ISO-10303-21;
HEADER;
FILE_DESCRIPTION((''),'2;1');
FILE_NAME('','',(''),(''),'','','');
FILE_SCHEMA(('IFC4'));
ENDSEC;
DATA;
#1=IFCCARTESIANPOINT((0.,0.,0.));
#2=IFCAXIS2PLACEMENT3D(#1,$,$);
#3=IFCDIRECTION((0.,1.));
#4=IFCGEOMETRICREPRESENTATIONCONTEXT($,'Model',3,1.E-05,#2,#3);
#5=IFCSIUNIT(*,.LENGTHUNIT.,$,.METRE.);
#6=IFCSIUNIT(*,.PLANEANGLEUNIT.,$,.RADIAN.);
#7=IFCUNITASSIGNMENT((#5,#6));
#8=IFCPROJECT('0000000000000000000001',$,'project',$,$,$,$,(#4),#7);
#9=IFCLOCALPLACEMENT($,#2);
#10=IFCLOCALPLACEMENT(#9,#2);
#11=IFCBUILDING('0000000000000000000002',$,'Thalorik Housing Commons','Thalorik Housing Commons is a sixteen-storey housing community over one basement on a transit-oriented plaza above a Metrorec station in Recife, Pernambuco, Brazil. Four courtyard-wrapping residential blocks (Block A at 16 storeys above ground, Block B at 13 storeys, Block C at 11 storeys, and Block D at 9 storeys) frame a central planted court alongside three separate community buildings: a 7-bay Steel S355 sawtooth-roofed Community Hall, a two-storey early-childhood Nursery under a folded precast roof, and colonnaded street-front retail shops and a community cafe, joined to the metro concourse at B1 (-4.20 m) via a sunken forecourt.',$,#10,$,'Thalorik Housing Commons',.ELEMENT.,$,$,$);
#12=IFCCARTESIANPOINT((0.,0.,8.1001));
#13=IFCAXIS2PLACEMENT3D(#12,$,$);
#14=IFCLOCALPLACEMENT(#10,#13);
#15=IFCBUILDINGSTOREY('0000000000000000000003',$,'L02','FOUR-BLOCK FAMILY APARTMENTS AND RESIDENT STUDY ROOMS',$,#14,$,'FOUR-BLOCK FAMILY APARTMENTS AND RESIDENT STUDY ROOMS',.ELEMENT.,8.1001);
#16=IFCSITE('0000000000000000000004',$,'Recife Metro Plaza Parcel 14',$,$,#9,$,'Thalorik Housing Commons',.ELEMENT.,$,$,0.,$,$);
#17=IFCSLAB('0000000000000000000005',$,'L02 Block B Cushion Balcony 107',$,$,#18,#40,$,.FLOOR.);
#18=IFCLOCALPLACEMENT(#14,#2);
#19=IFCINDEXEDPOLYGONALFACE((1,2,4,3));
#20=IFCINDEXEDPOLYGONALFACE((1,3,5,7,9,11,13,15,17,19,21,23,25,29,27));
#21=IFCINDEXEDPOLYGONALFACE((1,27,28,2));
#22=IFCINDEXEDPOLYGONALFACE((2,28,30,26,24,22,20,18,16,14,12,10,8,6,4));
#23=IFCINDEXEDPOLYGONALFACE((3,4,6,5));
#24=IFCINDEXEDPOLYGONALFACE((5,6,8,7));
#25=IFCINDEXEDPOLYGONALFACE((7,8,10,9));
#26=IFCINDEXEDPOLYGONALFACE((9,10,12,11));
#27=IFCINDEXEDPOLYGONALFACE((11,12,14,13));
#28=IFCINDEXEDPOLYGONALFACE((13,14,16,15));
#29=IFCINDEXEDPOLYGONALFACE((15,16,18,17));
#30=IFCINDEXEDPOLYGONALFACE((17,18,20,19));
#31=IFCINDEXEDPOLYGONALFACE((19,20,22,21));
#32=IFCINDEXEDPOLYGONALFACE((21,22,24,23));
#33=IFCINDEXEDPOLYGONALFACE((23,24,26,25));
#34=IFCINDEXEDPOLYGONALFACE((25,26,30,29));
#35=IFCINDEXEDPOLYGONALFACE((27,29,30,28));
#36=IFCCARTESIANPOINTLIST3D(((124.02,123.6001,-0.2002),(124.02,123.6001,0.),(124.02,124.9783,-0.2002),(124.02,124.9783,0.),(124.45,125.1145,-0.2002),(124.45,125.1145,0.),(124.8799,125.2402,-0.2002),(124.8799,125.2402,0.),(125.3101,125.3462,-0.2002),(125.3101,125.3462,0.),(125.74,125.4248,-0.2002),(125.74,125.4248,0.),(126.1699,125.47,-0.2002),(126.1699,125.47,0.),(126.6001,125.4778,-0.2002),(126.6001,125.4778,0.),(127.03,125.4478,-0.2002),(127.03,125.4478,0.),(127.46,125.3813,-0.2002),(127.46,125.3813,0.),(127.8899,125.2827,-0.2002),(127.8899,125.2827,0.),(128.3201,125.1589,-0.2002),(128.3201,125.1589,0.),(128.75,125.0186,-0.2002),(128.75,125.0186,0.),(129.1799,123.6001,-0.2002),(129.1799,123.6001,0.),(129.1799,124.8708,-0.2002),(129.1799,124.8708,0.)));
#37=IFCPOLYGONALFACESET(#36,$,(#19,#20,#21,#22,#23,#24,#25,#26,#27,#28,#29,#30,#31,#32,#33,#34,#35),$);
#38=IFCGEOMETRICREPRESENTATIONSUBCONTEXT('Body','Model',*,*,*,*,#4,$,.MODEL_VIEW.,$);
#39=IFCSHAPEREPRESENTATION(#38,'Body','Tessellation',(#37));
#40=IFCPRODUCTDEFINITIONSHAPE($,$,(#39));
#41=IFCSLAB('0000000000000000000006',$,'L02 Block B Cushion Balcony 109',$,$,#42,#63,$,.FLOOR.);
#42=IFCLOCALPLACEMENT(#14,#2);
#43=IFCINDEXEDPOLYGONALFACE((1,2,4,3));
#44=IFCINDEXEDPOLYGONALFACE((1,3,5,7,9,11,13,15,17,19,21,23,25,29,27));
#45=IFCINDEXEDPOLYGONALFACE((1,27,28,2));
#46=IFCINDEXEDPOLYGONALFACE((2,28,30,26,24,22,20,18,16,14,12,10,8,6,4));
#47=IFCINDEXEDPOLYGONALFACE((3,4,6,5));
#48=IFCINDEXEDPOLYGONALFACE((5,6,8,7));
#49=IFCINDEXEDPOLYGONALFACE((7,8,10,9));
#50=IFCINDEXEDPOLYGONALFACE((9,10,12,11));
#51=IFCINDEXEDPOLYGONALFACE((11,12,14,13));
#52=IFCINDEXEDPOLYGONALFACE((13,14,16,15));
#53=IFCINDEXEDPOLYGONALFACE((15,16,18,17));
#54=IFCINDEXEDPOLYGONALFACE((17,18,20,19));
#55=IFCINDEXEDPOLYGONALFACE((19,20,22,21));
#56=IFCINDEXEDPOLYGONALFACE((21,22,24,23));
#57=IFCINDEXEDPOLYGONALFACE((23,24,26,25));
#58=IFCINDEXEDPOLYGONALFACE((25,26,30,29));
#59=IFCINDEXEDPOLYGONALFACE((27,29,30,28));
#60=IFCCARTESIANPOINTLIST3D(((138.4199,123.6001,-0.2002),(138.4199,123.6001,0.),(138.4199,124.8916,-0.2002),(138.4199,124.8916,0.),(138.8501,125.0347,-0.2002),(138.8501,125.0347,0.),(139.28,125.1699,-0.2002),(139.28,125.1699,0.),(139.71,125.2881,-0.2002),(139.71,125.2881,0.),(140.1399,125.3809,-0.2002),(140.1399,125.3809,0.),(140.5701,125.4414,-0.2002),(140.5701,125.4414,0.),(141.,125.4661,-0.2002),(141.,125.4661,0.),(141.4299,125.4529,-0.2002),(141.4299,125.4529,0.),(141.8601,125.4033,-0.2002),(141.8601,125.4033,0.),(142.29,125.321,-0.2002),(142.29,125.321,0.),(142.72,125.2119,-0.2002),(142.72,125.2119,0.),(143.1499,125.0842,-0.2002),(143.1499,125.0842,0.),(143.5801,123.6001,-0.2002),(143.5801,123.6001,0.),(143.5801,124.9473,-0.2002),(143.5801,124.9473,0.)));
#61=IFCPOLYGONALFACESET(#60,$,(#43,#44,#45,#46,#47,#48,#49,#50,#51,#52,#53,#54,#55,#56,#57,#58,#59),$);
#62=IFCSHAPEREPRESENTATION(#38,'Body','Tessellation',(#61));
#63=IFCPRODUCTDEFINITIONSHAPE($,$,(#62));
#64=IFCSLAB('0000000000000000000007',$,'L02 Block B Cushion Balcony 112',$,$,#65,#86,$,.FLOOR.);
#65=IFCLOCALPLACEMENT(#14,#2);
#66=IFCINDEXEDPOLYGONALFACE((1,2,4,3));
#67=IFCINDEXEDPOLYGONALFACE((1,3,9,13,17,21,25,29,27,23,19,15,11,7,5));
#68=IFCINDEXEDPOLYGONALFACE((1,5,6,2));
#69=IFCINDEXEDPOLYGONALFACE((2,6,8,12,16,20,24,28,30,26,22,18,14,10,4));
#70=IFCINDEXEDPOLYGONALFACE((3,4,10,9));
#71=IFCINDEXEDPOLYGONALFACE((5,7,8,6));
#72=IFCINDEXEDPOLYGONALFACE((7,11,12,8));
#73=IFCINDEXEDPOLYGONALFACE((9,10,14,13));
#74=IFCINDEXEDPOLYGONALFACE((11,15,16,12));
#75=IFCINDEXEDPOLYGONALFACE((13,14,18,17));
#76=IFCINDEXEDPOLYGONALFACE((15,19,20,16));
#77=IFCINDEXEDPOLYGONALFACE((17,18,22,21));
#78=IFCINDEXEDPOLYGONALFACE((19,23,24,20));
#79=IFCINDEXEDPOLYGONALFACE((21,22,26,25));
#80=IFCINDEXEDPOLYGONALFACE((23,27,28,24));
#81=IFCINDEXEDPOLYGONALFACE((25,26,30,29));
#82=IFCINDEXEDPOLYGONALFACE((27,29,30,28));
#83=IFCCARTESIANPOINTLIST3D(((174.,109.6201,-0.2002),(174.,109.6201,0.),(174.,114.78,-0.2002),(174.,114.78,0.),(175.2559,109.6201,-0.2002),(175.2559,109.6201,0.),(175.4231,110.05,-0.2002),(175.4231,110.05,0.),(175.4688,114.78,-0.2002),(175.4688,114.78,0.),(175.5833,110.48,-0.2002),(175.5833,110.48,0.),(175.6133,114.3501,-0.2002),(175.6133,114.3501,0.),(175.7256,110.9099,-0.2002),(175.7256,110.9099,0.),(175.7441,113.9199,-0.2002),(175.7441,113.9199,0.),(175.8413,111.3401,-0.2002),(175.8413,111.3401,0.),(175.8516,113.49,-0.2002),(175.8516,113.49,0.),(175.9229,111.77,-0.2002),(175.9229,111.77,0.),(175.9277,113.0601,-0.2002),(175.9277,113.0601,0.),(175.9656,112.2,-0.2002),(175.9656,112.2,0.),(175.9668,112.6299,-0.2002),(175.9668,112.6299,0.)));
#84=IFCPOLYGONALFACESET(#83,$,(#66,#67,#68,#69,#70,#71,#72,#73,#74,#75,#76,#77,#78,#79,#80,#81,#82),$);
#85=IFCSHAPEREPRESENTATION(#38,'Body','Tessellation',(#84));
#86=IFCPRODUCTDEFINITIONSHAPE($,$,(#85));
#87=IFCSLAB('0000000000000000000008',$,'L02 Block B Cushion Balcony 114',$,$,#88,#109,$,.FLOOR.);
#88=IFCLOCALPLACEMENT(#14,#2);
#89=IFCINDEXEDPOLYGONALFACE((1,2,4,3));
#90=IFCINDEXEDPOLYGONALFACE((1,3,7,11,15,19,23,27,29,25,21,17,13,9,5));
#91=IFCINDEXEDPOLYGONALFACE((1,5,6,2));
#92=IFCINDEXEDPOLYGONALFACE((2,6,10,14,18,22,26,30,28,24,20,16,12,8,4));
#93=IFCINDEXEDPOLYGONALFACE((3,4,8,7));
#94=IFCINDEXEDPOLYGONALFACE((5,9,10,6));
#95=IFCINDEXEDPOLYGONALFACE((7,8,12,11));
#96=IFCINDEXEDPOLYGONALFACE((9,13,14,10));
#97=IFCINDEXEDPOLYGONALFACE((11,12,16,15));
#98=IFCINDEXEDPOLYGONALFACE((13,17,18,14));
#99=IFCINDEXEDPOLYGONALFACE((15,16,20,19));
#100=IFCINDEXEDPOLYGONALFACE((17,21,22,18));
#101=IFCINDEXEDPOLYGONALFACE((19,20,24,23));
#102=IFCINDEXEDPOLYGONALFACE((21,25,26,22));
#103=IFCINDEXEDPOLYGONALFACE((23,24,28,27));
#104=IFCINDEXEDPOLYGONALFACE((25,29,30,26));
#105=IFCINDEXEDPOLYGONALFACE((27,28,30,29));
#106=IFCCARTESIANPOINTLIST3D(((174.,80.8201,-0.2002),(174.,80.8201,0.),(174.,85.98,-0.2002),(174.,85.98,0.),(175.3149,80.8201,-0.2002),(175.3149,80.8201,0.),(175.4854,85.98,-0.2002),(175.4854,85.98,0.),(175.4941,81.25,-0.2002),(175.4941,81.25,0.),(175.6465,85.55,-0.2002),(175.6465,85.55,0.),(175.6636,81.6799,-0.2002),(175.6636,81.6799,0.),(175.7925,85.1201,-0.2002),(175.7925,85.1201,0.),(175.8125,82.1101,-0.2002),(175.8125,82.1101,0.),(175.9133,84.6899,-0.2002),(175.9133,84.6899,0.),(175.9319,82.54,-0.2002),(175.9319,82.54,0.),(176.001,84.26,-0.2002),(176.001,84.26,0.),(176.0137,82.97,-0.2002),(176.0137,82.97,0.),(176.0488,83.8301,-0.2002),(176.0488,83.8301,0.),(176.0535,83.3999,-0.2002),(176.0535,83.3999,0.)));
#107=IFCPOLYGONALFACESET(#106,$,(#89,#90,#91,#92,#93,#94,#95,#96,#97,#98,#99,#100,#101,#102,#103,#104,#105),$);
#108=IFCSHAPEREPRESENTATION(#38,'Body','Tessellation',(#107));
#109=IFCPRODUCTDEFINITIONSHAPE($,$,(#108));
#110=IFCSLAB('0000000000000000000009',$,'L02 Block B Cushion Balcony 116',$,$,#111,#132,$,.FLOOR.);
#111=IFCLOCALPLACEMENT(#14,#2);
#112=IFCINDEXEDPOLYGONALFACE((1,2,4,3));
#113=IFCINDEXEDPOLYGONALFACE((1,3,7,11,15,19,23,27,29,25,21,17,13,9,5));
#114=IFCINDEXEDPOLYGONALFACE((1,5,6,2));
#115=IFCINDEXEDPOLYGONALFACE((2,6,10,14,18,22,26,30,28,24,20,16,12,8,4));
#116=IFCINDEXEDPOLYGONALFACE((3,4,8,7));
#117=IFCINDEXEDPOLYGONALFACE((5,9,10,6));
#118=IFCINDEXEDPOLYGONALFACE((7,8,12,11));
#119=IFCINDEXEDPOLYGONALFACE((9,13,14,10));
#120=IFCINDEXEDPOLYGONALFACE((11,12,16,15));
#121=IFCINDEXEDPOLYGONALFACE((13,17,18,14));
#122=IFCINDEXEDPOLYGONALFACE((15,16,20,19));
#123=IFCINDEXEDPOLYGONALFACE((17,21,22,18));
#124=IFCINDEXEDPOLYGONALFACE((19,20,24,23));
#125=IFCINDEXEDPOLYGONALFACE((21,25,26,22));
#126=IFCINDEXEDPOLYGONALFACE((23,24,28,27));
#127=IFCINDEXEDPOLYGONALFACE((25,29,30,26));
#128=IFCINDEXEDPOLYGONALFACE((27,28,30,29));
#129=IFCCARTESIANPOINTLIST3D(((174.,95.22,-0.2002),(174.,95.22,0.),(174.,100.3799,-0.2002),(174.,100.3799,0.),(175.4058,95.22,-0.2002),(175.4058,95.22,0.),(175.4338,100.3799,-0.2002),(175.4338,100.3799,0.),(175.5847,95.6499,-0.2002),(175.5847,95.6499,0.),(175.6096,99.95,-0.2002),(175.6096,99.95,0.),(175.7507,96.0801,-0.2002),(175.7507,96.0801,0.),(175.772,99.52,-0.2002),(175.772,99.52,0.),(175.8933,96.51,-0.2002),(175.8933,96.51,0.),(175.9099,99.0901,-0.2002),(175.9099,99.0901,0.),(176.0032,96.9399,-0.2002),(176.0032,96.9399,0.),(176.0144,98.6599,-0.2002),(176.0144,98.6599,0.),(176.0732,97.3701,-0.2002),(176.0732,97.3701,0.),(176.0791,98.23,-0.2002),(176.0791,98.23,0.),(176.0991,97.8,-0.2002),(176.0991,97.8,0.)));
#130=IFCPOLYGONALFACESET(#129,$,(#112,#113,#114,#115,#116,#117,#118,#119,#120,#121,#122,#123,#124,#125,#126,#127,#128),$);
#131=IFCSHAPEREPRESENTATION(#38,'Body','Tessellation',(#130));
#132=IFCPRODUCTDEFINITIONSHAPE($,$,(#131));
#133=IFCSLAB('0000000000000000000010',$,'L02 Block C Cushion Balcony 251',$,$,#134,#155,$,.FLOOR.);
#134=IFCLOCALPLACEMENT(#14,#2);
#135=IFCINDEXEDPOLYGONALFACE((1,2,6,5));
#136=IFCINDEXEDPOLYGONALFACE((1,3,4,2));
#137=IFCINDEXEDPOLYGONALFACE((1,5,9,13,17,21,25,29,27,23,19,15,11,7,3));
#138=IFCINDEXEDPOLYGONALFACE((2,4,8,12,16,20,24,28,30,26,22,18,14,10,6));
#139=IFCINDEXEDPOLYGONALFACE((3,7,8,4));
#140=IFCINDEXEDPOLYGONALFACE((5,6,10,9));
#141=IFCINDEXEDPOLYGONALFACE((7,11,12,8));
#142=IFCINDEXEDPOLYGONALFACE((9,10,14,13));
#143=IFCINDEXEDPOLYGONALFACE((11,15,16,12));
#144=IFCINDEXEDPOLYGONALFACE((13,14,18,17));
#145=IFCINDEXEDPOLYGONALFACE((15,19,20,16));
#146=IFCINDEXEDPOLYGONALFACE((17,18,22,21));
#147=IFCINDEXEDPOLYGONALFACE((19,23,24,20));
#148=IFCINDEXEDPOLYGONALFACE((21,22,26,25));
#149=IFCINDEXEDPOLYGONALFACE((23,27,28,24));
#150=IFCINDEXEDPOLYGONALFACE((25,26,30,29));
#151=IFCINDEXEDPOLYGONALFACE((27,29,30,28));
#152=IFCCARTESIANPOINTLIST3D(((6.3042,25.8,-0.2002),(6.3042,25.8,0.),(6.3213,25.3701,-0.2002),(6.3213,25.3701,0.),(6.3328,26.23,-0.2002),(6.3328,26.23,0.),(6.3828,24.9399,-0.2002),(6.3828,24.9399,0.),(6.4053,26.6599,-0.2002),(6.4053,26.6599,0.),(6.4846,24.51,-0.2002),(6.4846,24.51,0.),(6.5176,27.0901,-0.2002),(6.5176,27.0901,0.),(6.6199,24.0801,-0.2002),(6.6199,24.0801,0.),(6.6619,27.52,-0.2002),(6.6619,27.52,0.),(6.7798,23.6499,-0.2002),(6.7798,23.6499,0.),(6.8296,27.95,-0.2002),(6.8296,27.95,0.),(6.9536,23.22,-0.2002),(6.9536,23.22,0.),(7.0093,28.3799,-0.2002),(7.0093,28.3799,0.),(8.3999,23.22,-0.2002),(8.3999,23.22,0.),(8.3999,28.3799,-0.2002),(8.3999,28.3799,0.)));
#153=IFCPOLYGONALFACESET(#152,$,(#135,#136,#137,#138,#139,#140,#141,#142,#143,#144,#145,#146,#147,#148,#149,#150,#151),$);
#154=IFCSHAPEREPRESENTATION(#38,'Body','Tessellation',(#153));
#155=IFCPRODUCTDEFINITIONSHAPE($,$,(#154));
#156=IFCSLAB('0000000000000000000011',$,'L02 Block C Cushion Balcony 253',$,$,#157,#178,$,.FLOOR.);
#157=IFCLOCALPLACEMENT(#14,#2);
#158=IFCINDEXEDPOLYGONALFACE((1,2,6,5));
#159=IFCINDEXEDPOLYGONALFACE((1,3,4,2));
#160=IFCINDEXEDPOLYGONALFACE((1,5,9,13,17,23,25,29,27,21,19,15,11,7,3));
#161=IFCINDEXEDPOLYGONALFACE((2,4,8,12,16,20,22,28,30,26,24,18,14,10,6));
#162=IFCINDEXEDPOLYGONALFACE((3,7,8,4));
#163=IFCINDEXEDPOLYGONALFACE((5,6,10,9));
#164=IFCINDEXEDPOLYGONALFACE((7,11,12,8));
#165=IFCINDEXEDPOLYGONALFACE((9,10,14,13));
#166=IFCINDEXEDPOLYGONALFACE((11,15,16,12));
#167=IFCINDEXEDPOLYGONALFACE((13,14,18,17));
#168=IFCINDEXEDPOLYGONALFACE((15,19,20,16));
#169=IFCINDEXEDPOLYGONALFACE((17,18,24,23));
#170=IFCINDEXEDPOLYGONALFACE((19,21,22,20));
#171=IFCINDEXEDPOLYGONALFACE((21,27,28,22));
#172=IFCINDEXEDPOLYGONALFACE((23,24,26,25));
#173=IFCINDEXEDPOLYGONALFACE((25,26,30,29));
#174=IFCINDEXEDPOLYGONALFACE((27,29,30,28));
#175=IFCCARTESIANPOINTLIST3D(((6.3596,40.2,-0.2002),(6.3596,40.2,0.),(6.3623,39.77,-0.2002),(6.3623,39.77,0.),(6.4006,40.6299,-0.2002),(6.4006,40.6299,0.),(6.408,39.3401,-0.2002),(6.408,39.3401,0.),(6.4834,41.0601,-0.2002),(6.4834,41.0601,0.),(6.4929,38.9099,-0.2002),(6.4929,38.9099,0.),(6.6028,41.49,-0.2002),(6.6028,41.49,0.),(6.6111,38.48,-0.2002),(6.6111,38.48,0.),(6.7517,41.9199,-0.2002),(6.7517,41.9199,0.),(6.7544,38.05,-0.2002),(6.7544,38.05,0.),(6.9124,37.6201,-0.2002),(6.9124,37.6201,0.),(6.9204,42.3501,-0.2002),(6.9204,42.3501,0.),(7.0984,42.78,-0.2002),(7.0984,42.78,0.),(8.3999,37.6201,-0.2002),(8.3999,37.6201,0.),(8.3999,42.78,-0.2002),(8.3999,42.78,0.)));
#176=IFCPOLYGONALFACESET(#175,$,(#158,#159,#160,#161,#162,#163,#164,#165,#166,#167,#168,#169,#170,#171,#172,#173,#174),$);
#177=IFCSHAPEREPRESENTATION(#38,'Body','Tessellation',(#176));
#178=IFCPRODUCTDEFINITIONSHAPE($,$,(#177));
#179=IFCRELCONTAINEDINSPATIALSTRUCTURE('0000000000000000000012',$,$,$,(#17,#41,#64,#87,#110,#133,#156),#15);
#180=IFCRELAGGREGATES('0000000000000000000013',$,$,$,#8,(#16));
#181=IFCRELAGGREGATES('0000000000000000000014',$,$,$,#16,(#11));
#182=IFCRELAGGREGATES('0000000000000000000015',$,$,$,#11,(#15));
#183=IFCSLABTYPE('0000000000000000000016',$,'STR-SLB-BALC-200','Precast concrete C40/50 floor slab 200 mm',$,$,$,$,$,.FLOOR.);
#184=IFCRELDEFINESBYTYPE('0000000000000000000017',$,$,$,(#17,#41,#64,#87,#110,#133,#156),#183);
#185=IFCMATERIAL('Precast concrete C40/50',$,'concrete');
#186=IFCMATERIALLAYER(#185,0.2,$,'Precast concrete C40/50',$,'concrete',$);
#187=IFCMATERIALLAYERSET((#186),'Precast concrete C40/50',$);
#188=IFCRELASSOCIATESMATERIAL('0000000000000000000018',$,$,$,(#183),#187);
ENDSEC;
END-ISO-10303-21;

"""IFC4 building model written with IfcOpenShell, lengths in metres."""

from ifc_helpers import new_model, si_unit, direction, frame, origin, place, context, subcontext, project, spatial, polyline, outline, extrude, material, layer, layer_set, type_object, element, save


model = new_model("IFC4")

# Units and contexts
model_context = context("Model", 3, precision=1e-05, world=origin(), true_north=direction((0.0, 1.0)))
body_context = subcontext(model_context, "Body", "Model", "MODEL_VIEW")
ifc_project = project(units=[si_unit("LENGTHUNIT", "METRE"), si_unit("PLANEANGLEUNIT", "RADIAN")], contexts=[model_context])

# Site, building, storey
site_placement = place(None, origin())
site = spatial("IfcSite", under=ifc_project, at=site_placement, Name="Recife Metro Plaza Parcel 14", LongName="Thalorik Housing Commons", CompositionType="ELEMENT", RefElevation=0.0)
building_placement = place(site_placement, origin())
building = spatial("IfcBuilding", under=site, at=building_placement, Name="Thalorik Housing Commons", Description="Thalorik Housing Commons is a sixteen-storey housing community over one basement on a transit-oriented plaza above a Metrorec station in Recife, Pernambuco, Brazil. Four courtyard-wrapping residential blocks (Block A at 16 storeys above ground, Block B at 13 storeys, Block C at 11 storeys, and Block D at 9 storeys) frame a central planted court alongside three separate community buildings: a 7-bay Steel S355 sawtooth-roofed Community Hall, a two-storey early-childhood Nursery under a folded precast roof, and colonnaded street-front retail shops and a community cafe, joined to the metro concourse at B1 (-4.20 m) via a sunken forecourt.", LongName="Thalorik Housing Commons", CompositionType="ELEMENT")
storey_placement = place(building_placement, frame((0.0, 0.0, 8.1001)))
storey = spatial("IfcBuildingStorey", under=building, at=storey_placement, Name="L02", Description="FOUR-BLOCK FAMILY APARTMENTS AND RESIDENT STUDY ROOMS", LongName="FOUR-BLOCK FAMILY APARTMENTS AND RESIDENT STUDY ROOMS", CompositionType="ELEMENT", Elevation=8.1001)

# Slabs
ifc_material_1 = material(Name="Precast concrete C40/50", Category="concrete")
ifc_layer_1 = layer(ifc_material_1, 0.2, Name="Precast concrete C40/50", Category="concrete")
ifc_layer_set_1 = layer_set([ifc_layer_1], Name="Precast concrete C40/50")
slab_type = type_object("IfcSlabType", Name="STR-SLB-BALC-200", Description="Precast concrete C40/50 floor slab 200 mm", PredefinedType="FLOOR", material=ifc_layer_set_1)
slab_1_placement = place(storey_placement, frame((0.0, 0.0, -0.2002)))
element("IfcSlab", 1, at=slab_1_placement, inside=storey, type_object=slab_type, Name="L02 Block B Cushion Balcony 107", PredefinedType="FLOOR", context=body_context, shape_type="SweptSolid", body=[
    extrude(outline(polyline([(124.02, 123.6001), (129.1799, 123.6001), (129.1799, 124.8708), (128.75, 125.0186), (128.3201, 125.1589), (127.8899, 125.2827), (127.46, 125.3813), (127.03, 125.4478), (126.6001, 125.4778), (126.1699, 125.47), (125.74, 125.4248), (125.3101, 125.3462), (124.8799, 125.2402), (124.45, 125.1145), (124.02, 124.9783), (124.02, 123.6001)])), origin(), (0.0, 0.0, 1.0), 0.2002),
])
slab_2_placement = place(storey_placement, frame((0.0, 0.0, -0.2002)))
element("IfcSlab", 2, at=slab_2_placement, inside=storey, type_object=slab_type, Name="L02 Block B Cushion Balcony 109", PredefinedType="FLOOR", context=body_context, shape_type="SweptSolid", body=[
    extrude(outline(polyline([(138.4199, 123.6001), (143.5801, 123.6001), (143.5801, 124.9473), (143.1499, 125.0842), (142.72, 125.2119), (142.29, 125.321), (141.8601, 125.4033), (141.4299, 125.4529), (141.0, 125.4661), (140.5701, 125.4414), (140.1399, 125.3809), (139.71, 125.2881), (139.28, 125.1699), (138.8501, 125.0347), (138.4199, 124.8916), (138.4199, 123.6001)])), origin(), (0.0, 0.0, 1.0), 0.2002),
])
slab_3_placement = place(storey_placement, frame((0.0, 0.0, -0.2002)))
element("IfcSlab", 3, at=slab_3_placement, inside=storey, type_object=slab_type, Name="L02 Block B Cushion Balcony 112", PredefinedType="FLOOR", context=body_context, shape_type="SweptSolid", body=[
    extrude(outline(polyline([(175.2559, 109.6201), (175.4231, 110.05), (175.5833, 110.48), (175.7256, 110.9099), (175.8413, 111.3401), (175.9229, 111.77), (175.9656, 112.2), (175.9668, 112.6299), (175.9277, 113.0601), (175.8516, 113.49), (175.7441, 113.9199), (175.6133, 114.3501), (175.4688, 114.78), (174.0, 114.78), (174.0, 109.6201), (175.2559, 109.6201)])), origin(), (0.0, 0.0, 1.0), 0.2002),
])
slab_4_placement = place(storey_placement, frame((0.0, 0.0, -0.2002)))
element("IfcSlab", 4, at=slab_4_placement, inside=storey, type_object=slab_type, Name="L02 Block B Cushion Balcony 114", PredefinedType="FLOOR", context=body_context, shape_type="SweptSolid", body=[
    extrude(outline(polyline([(175.3149, 80.8201), (175.4941, 81.25), (175.6636, 81.6799), (175.8125, 82.1101), (175.9319, 82.54), (176.0137, 82.97), (176.0535, 83.3999), (176.0488, 83.8301), (176.001, 84.26), (175.9133, 84.6899), (175.7925, 85.1201), (175.6465, 85.55), (175.4854, 85.98), (174.0, 85.98), (174.0, 80.8201), (175.3149, 80.8201)])), origin(), (0.0, 0.0, 1.0), 0.2002),
])
slab_5_placement = place(storey_placement, frame((0.0, 0.0, -0.2002)))
element("IfcSlab", 5, at=slab_5_placement, inside=storey, type_object=slab_type, Name="L02 Block B Cushion Balcony 116", PredefinedType="FLOOR", context=body_context, shape_type="SweptSolid", body=[
    extrude(outline(polyline([(175.4058, 95.22), (175.5847, 95.6499), (175.7507, 96.0801), (175.8933, 96.51), (176.0032, 96.9399), (176.0732, 97.3701), (176.0991, 97.8), (176.0791, 98.23), (176.0144, 98.6599), (175.9099, 99.0901), (175.772, 99.52), (175.6096, 99.95), (175.4338, 100.3799), (174.0, 100.3799), (174.0, 95.22), (175.4058, 95.22)])), origin(), (0.0, 0.0, 1.0), 0.2002),
])
slab_6_placement = place(storey_placement, frame((0.0, 0.0, -0.2002)))
element("IfcSlab", 6, at=slab_6_placement, inside=storey, type_object=slab_type, Name="L02 Block C Cushion Balcony 251", PredefinedType="FLOOR", context=body_context, shape_type="SweptSolid", body=[
    extrude(outline(polyline([(8.3999, 23.22), (8.3999, 28.3799), (7.0093, 28.3799), (6.8296, 27.95), (6.6619, 27.52), (6.5176, 27.0901), (6.4053, 26.6599), (6.3328, 26.23), (6.3042, 25.8), (6.3213, 25.3701), (6.3828, 24.9399), (6.4846, 24.51), (6.6199, 24.0801), (6.7798, 23.6499), (6.9536, 23.22), (8.3999, 23.22)])), origin(), (0.0, 0.0, 1.0), 0.2002),
])
slab_7_placement = place(storey_placement, frame((0.0, 0.0, -0.2002)))
element("IfcSlab", 7, at=slab_7_placement, inside=storey, type_object=slab_type, Name="L02 Block C Cushion Balcony 253", PredefinedType="FLOOR", context=body_context, shape_type="SweptSolid", body=[
    extrude(outline(polyline([(8.3999, 37.6201), (8.3999, 42.78), (7.0984, 42.78), (6.9204, 42.3501), (6.7517, 41.9199), (6.6028, 41.49), (6.4834, 41.0601), (6.4006, 40.6299), (6.3596, 40.2), (6.3623, 39.77), (6.408, 39.3401), (6.4929, 38.9099), (6.6111, 38.48), (6.7544, 38.05), (6.9124, 37.6201), (8.3999, 37.6201)])), origin(), (0.0, 0.0, 1.0), 0.2002),
])

save(model, "model.ifc")
